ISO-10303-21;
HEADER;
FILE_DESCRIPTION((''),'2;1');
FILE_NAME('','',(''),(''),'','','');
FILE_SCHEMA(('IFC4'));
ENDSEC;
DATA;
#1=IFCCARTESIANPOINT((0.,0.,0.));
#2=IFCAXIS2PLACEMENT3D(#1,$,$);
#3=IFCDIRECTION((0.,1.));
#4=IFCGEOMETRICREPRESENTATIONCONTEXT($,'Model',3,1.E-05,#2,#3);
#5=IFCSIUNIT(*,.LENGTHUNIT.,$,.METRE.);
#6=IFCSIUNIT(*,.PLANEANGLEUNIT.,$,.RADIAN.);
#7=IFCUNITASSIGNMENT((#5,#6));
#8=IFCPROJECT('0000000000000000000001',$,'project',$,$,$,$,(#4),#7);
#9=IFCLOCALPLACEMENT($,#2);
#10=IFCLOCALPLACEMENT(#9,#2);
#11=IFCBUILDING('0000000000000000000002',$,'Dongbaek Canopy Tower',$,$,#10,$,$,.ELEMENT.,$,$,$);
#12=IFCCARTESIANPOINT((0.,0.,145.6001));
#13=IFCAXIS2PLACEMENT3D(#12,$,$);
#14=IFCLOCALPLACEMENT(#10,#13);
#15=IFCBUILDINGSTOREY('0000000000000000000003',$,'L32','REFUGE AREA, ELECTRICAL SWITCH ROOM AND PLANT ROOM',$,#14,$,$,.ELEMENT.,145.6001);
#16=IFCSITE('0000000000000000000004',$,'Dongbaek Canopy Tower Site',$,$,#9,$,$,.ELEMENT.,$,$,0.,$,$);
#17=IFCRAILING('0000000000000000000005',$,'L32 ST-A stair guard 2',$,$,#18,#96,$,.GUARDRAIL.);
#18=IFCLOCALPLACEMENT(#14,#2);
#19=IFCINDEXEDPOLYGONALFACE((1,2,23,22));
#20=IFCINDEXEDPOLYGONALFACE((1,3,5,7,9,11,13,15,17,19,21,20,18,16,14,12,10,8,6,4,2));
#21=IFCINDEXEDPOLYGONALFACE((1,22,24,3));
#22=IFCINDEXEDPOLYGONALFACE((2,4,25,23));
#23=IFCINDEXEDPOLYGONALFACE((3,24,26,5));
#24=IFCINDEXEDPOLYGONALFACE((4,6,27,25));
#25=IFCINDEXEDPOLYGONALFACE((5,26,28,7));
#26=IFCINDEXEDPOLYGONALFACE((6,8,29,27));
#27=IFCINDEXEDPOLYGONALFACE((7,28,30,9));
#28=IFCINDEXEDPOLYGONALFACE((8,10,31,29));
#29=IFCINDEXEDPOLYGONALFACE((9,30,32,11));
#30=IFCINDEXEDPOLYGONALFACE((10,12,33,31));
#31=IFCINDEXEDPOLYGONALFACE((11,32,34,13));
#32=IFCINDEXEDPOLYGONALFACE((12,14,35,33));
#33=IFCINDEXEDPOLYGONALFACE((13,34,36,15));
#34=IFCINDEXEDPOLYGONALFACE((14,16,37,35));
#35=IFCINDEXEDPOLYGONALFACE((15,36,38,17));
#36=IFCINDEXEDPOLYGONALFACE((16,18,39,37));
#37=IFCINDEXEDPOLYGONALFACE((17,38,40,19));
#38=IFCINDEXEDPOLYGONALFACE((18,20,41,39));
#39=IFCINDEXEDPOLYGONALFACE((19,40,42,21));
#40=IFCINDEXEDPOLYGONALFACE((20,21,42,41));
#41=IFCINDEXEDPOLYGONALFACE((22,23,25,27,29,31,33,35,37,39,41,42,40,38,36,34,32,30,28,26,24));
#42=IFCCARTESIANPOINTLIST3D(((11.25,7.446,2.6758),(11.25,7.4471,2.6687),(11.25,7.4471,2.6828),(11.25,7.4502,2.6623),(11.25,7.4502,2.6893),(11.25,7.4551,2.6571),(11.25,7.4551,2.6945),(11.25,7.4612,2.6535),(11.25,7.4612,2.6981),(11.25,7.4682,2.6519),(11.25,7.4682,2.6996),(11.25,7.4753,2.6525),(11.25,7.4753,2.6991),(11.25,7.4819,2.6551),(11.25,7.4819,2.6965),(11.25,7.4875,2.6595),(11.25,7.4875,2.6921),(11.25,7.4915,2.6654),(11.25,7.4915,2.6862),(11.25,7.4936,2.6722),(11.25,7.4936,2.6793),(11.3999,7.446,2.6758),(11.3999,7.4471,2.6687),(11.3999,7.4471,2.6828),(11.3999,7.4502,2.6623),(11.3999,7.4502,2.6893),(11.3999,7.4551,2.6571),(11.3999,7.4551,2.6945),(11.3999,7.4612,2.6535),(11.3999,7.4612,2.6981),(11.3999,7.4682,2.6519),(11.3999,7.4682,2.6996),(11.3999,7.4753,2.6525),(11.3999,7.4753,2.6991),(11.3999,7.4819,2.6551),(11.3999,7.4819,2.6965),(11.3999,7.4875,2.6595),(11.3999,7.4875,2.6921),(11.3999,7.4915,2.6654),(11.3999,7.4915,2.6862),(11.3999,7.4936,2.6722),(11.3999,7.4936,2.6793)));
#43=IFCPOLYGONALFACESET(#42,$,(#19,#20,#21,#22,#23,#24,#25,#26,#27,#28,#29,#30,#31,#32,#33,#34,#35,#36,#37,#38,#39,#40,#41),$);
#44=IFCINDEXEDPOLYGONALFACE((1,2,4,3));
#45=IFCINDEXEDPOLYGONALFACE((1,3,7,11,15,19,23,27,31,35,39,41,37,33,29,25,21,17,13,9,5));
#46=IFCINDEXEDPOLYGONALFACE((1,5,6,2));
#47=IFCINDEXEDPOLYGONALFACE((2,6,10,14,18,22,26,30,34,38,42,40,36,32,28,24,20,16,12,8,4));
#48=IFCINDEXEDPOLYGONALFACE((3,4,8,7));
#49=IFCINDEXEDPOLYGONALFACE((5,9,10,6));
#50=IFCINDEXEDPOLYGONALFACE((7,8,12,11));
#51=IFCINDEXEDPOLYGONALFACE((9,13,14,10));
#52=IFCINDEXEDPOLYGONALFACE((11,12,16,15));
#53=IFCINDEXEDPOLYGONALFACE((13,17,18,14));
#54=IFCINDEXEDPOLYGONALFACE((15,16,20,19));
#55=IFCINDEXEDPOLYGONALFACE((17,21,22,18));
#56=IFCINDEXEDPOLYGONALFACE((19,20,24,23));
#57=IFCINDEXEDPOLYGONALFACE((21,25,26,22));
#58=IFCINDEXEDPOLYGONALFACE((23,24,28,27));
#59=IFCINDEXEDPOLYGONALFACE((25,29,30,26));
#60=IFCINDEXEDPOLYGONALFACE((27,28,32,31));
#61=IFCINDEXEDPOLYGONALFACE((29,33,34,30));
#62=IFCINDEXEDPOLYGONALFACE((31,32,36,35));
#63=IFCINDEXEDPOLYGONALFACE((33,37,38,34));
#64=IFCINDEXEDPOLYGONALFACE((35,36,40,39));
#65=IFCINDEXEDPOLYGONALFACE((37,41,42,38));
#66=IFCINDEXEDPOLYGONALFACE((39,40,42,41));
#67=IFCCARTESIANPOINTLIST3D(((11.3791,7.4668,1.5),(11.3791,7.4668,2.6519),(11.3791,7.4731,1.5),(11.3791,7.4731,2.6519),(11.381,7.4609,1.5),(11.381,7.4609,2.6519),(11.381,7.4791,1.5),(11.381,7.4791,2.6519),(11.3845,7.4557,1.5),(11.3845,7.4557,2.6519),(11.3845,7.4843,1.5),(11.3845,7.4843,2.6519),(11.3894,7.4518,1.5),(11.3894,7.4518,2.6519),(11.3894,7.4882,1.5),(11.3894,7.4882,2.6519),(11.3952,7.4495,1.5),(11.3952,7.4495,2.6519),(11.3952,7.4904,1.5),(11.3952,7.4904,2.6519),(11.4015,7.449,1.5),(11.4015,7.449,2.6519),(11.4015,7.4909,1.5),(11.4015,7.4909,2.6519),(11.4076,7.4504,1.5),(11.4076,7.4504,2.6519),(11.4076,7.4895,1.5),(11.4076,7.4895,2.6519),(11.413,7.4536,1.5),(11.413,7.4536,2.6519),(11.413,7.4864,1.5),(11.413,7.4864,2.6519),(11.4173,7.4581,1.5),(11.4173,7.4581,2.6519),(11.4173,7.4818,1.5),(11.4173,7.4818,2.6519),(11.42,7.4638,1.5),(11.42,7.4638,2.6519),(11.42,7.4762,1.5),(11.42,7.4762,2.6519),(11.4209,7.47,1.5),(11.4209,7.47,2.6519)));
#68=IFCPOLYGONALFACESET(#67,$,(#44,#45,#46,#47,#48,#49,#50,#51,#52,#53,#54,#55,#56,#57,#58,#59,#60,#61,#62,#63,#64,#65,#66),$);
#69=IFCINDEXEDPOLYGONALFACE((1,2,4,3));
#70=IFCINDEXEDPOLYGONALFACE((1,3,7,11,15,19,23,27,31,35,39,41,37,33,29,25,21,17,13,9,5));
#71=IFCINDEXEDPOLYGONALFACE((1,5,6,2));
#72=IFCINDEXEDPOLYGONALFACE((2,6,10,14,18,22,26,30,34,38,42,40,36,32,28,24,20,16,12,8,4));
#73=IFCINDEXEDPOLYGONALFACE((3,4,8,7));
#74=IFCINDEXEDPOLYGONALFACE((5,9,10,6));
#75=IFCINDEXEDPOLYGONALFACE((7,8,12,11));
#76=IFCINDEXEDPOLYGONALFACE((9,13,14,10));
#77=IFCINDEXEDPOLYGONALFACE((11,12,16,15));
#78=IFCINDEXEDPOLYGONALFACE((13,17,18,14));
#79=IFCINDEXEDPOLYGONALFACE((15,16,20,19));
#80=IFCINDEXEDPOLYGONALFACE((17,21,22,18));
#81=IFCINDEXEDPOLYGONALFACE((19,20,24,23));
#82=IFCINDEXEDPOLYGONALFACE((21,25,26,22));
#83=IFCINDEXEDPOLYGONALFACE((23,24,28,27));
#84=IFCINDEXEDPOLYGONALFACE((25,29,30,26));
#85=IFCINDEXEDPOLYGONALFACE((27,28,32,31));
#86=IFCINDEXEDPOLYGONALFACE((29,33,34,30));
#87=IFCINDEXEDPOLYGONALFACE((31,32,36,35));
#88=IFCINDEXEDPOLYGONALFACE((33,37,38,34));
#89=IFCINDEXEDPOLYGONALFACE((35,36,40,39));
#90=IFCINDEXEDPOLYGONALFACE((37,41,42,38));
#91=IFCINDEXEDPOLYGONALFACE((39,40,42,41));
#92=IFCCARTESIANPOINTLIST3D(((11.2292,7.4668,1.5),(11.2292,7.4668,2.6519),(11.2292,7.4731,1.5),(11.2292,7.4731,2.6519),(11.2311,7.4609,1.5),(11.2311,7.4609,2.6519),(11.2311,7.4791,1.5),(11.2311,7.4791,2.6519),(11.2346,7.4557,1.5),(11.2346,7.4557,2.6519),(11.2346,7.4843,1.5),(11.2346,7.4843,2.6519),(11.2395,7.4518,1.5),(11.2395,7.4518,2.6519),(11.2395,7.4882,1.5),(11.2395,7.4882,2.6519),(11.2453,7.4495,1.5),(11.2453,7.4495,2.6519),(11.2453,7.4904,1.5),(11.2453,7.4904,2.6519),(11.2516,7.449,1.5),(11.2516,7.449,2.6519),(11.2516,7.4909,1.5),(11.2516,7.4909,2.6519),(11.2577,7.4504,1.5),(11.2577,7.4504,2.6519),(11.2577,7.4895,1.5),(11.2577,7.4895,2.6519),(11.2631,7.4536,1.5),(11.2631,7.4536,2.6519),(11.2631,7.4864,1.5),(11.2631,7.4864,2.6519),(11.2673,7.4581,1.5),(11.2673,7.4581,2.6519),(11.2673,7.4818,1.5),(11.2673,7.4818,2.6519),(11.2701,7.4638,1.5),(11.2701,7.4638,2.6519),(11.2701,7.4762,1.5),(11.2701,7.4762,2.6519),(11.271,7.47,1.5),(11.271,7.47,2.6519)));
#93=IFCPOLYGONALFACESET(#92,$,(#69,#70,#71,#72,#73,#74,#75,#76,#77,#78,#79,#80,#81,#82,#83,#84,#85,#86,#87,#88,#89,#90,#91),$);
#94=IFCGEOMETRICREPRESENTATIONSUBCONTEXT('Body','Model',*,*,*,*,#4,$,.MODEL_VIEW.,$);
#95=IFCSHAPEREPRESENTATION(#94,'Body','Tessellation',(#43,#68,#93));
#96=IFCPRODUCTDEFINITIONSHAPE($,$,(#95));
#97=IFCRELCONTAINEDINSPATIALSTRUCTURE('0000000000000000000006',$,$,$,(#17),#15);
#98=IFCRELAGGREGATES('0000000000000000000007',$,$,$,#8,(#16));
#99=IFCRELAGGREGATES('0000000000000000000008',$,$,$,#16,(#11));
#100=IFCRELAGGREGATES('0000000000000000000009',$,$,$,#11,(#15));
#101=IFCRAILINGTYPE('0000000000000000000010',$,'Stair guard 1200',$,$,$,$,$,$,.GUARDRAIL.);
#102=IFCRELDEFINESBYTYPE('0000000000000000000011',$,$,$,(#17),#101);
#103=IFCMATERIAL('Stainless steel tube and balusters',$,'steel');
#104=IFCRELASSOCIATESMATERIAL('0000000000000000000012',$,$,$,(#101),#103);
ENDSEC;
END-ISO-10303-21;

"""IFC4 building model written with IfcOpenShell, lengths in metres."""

from ifc_helpers import new_model, si_unit, direction, frame, origin, origin_2d, place, context, subcontext, project, spatial, circle, extrude, material, type_object, element, save


model = new_model("IFC4")

# Units and contexts
model_context = context("Model", 3, precision=1e-05, world=origin(), true_north=direction((0.0, 1.0)))
body_context = subcontext(model_context, "Body", "Model", "MODEL_VIEW")
ifc_project = project(units=[si_unit("LENGTHUNIT", "METRE"), si_unit("PLANEANGLEUNIT", "RADIAN")], contexts=[model_context])

# Site, building, storey
site_placement = place(None, origin())
site = spatial("IfcSite", under=ifc_project, at=site_placement, Name="Dongbaek Canopy Tower Site", CompositionType="ELEMENT", RefElevation=0.0)
building_placement = place(site_placement, origin())
building = spatial("IfcBuilding", under=site, at=building_placement, Name="Dongbaek Canopy Tower", CompositionType="ELEMENT")
storey_placement = place(building_placement, frame((0.0, 0.0, 145.6001)))
storey = spatial("IfcBuildingStorey", under=building, at=storey_placement, Name="L32", Description="REFUGE AREA, ELECTRICAL SWITCH ROOM AND PLANT ROOM", CompositionType="ELEMENT", Elevation=145.6001)

# Railing
ifc_material_1 = material(Name="Stainless steel tube and balusters", Category="steel")
railing_type_1 = type_object("IfcRailingType", Name="Stair guard 1200", PredefinedType="GUARDRAIL", material=ifc_material_1)
railing_1_placement = place(storey_placement, frame((11.3999, 7.47, 1.5)))
element("IfcRailing", 1, at=railing_1_placement, inside=storey, type_object=railing_type_1, Name="L32 ST-A stair guard 2", PredefinedType="GUARDRAIL", context=body_context, shape_type="SweptSolid", body=[
    extrude(circle(Radius=0.0239, at=origin_2d()), frame((0.0, 0.0, 1.1758), z_axis=(-1.0, 0.0, 0.0), x_axis=(0.0, -1.0, 0.0)), (0.0, 0.0, 1.0), 0.1499),
    extrude(circle(Radius=0.021, at=origin_2d()), origin(), (0.0, 0.0, 1.0), 1.1519),
    extrude(circle(Radius=0.021, at=origin_2d()), frame((-0.1499, 0.0, 0.0)), (0.0, 0.0, 1.0), 1.1519),
])

save(model, "model.ifc")
